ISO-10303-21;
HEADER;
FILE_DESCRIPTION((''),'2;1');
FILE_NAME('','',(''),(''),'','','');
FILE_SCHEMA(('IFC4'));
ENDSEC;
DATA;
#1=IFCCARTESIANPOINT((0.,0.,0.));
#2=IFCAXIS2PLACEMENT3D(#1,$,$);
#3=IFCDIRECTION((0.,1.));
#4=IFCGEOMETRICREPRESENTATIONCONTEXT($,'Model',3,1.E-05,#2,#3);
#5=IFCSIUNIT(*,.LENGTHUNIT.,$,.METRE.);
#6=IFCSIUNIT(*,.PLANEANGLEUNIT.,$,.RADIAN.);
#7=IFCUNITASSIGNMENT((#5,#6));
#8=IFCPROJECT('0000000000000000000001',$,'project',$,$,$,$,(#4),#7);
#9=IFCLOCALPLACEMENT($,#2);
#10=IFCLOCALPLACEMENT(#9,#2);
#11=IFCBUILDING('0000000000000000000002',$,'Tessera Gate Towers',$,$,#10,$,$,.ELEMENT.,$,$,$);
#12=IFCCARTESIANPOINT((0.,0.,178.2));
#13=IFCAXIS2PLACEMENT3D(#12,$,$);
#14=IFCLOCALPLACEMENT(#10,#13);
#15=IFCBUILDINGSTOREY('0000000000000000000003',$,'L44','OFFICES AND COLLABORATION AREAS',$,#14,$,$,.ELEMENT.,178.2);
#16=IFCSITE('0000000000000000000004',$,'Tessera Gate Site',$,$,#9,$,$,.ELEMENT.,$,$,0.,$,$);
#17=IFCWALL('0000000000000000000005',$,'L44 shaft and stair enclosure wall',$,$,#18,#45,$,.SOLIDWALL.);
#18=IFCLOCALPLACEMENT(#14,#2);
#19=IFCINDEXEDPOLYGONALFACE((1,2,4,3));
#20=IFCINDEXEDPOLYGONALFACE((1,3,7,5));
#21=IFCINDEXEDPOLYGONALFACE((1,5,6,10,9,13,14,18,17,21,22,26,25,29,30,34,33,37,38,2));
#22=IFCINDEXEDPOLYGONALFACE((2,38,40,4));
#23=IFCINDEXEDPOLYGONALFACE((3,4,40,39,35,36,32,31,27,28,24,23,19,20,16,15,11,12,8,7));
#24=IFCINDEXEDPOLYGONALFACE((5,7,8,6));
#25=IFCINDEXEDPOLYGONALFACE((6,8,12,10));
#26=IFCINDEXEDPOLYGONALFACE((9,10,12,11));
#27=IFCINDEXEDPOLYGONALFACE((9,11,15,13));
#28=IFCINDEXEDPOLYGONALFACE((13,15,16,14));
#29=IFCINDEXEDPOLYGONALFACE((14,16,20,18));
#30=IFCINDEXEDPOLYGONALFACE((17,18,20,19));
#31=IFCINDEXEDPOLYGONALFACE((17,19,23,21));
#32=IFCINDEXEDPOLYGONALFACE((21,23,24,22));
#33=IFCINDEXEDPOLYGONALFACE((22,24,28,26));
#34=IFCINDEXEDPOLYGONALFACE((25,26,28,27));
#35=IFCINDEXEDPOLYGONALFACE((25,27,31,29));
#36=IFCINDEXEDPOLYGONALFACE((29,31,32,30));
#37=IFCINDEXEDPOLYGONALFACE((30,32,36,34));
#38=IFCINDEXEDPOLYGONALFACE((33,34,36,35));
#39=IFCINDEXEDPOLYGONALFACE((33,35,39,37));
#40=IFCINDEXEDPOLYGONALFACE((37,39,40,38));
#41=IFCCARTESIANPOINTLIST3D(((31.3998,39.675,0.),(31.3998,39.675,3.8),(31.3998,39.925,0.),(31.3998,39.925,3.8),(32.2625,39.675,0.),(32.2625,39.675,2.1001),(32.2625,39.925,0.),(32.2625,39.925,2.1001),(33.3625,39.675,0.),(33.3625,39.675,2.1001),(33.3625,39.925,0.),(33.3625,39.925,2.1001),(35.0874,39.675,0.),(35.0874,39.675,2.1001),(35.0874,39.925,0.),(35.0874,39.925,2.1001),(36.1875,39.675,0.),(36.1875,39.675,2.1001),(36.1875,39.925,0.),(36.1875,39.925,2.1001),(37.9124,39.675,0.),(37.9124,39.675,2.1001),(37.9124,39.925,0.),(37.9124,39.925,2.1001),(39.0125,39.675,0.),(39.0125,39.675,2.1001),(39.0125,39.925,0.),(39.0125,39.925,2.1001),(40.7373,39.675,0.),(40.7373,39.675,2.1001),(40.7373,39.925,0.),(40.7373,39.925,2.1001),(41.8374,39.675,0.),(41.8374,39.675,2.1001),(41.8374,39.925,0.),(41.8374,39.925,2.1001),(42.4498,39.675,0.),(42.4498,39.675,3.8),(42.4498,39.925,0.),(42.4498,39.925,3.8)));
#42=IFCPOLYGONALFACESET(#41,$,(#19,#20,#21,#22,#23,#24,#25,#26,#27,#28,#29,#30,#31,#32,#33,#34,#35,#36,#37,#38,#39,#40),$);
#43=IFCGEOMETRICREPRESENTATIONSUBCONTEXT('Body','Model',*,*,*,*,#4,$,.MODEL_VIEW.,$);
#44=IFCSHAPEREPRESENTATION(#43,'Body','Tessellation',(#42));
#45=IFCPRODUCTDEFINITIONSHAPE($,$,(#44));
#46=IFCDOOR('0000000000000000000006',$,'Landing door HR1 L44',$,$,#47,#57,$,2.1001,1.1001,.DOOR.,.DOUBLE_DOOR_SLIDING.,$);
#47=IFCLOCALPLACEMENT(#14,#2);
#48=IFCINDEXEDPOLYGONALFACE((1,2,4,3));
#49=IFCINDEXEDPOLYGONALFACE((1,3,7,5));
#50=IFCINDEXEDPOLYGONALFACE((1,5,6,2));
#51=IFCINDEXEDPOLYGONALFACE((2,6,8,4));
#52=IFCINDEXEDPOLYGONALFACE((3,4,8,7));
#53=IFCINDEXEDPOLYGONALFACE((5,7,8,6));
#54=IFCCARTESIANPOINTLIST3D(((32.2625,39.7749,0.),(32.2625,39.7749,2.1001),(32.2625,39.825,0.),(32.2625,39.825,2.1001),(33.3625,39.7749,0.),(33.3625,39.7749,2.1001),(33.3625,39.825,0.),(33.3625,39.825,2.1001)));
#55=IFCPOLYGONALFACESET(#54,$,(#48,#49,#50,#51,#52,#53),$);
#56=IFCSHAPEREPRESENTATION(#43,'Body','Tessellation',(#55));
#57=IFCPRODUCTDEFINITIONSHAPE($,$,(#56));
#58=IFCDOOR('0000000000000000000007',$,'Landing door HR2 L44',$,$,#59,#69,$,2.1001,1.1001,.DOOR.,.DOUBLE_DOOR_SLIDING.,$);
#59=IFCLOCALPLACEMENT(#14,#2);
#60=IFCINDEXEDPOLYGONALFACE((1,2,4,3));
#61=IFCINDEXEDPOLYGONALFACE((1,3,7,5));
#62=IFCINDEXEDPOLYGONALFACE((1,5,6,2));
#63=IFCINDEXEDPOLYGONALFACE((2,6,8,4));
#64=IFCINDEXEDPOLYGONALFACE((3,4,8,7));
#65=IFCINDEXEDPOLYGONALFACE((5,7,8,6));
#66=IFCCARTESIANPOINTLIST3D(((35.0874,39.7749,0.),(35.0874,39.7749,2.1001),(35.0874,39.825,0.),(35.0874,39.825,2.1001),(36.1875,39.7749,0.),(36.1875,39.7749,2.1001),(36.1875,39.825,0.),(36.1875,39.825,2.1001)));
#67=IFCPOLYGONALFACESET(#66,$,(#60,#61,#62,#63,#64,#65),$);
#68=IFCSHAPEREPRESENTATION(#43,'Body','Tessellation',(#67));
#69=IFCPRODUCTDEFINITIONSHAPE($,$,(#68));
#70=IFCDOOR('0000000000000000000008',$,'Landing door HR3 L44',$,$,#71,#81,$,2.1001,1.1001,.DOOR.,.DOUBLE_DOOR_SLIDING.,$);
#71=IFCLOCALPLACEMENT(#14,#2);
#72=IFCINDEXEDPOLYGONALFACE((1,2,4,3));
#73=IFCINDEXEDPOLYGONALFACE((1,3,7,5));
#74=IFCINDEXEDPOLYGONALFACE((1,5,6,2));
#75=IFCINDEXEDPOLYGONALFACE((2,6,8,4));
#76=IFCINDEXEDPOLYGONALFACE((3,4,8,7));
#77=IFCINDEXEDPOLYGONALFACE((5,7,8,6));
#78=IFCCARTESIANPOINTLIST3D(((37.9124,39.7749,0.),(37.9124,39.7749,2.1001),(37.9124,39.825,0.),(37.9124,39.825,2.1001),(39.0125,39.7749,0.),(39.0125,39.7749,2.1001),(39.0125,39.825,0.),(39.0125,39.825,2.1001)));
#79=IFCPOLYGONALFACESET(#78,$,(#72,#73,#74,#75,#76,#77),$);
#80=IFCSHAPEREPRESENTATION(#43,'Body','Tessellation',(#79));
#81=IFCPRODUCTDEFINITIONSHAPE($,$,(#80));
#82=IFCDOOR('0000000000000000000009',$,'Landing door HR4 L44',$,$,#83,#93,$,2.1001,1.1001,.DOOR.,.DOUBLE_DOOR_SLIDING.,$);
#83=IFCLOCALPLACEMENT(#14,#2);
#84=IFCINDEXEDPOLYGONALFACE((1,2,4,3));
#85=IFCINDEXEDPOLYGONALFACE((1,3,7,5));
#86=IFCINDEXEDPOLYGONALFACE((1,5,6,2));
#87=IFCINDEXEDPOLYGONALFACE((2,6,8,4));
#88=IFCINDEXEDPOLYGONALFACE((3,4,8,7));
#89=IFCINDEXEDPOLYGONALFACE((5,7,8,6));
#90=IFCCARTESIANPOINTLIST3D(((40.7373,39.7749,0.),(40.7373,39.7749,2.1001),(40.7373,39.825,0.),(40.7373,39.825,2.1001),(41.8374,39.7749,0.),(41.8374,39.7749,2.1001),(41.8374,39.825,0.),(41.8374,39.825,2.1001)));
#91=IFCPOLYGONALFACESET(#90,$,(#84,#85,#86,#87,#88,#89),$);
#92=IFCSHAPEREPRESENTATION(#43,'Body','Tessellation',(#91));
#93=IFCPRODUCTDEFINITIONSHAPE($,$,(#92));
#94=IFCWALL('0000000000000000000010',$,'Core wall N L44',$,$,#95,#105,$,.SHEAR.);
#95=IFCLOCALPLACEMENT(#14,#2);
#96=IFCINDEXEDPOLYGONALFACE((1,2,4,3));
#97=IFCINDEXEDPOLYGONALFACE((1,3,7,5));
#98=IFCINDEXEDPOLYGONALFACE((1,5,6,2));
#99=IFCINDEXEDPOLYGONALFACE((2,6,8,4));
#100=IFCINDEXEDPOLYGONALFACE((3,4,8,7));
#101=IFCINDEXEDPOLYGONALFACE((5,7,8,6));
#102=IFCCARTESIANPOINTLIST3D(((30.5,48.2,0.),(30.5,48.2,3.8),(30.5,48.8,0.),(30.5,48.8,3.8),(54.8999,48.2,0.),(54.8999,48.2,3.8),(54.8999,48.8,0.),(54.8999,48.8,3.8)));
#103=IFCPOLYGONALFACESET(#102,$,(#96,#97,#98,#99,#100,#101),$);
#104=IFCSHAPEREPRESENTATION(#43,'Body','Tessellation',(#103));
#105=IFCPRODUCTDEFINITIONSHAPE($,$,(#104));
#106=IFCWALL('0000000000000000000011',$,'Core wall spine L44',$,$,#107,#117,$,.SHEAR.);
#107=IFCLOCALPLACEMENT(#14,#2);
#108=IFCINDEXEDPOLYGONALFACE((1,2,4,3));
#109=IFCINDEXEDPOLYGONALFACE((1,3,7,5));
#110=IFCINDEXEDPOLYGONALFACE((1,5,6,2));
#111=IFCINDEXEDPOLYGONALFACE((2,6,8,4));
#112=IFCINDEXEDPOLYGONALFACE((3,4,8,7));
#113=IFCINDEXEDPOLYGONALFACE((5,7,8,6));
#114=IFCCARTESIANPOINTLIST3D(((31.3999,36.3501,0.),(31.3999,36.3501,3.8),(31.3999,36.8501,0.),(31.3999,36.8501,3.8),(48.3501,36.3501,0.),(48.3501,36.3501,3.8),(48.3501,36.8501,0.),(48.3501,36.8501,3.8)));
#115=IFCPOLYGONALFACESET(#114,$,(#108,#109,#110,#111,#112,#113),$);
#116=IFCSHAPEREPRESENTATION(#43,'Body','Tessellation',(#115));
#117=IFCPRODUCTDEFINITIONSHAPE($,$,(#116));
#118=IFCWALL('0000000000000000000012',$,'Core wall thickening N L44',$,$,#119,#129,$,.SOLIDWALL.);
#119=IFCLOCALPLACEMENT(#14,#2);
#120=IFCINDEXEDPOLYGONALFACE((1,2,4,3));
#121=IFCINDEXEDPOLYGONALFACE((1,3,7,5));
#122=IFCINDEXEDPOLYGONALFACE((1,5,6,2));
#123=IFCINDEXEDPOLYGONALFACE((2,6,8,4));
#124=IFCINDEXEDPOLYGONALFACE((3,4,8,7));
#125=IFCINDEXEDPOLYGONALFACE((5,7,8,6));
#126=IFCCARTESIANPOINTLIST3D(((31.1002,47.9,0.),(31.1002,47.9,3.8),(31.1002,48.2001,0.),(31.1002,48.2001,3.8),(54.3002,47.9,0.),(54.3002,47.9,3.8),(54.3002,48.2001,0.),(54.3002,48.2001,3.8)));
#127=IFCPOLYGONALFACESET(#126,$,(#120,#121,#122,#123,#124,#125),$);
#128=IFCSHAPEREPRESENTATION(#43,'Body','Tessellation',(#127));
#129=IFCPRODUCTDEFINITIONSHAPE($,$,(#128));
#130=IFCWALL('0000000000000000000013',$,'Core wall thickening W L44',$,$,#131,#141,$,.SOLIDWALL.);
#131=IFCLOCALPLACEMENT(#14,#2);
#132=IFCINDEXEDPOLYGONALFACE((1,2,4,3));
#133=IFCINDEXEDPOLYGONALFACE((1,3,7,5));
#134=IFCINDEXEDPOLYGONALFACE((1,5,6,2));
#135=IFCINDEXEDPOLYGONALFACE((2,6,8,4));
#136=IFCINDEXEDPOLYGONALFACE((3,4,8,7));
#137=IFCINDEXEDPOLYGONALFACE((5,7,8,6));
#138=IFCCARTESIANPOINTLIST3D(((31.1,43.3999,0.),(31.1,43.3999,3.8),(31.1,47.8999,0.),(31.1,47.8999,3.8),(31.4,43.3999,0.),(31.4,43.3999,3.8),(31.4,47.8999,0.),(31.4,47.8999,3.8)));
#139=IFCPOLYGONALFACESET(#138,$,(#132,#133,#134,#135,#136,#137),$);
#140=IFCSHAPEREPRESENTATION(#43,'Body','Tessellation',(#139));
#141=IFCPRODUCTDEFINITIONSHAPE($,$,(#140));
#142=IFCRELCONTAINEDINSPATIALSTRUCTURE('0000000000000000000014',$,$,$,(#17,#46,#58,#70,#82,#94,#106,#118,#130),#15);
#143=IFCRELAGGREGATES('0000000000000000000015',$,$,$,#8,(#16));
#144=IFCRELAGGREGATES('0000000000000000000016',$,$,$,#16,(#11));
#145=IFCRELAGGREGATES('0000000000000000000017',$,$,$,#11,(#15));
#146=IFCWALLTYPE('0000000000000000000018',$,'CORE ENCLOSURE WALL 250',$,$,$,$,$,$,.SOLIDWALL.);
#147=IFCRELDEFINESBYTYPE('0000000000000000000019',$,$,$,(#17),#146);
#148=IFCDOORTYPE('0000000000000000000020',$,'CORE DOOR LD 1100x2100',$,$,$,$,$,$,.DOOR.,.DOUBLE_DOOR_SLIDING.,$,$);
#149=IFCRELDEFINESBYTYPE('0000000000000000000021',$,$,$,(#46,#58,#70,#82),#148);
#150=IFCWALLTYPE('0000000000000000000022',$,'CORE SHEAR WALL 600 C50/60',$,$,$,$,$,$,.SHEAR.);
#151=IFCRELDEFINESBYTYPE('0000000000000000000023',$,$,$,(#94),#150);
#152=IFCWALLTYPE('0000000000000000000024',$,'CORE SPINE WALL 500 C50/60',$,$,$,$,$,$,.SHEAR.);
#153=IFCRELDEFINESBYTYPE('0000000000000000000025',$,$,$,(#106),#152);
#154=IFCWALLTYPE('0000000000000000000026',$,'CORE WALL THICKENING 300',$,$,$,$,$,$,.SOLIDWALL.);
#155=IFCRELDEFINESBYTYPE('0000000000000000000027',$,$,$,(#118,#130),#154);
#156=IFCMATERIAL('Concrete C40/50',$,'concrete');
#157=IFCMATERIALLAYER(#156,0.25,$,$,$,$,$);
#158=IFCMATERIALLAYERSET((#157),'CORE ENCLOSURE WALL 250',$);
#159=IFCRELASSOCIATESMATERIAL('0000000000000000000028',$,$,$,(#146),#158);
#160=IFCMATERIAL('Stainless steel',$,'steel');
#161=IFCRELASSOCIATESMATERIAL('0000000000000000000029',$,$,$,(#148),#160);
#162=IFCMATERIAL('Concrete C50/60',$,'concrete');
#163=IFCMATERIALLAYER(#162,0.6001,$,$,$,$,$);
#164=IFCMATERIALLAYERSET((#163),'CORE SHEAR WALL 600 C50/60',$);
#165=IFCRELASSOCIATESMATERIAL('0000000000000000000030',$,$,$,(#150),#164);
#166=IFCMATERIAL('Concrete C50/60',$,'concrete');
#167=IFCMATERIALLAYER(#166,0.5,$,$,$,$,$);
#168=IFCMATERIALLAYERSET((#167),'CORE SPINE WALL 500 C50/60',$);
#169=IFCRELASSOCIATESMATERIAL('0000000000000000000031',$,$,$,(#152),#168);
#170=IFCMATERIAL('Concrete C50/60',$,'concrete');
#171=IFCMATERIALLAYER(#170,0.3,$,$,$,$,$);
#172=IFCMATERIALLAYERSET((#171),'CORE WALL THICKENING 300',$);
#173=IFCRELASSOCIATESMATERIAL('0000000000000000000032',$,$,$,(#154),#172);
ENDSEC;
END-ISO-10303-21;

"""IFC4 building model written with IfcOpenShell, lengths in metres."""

from ifc_helpers import new_model, si_unit, direction, frame, frame_2d, origin, place, context, subcontext, project, spatial, rectangle, extrude, source, transform, mapped, material, layer, layer_set, type_object, element, fill, save


model = new_model("IFC4")

# Units and contexts
model_context = context("Model", 3, precision=1e-05, world=origin(), true_north=direction((0.0, 1.0)))
body_context = subcontext(model_context, "Body", "Model", "MODEL_VIEW")
ifc_project = project(units=[si_unit("LENGTHUNIT", "METRE"), si_unit("PLANEANGLEUNIT", "RADIAN")], contexts=[model_context])

# Site, building, storey
site_placement = place(None, origin())
site = spatial("IfcSite", under=ifc_project, at=site_placement, Name="Tessera Gate Site", CompositionType="ELEMENT", RefElevation=0.0)
building_placement = place(site_placement, origin())
building = spatial("IfcBuilding", under=site, at=building_placement, Name="Tessera Gate Towers", CompositionType="ELEMENT")
storey_placement = place(building_placement, frame((0.0, 0.0, 178.2)))
storey = spatial("IfcBuildingStorey", under=building, at=storey_placement, Name="L44", Description="OFFICES AND COLLABORATION AREAS", CompositionType="ELEMENT", Elevation=178.2)

# Wall, openings, doors
ifc_material_1 = material(Name="Concrete C40/50", Category="concrete")
ifc_layer_1 = layer(ifc_material_1, 0.25)
ifc_layer_set_1 = layer_set([ifc_layer_1], Name="CORE ENCLOSURE WALL 250")
wall_type_1 = type_object("IfcWallType", Name="CORE ENCLOSURE WALL 250", PredefinedType="SOLIDWALL", material=ifc_layer_set_1)
wall_1_placement = place(storey_placement, frame((31.3999, 39.8, 0.0), z_axis=(0.0, 0.0, 1.0), x_axis=(1.0, 0.0, 0.0)))
wall_1 = element("IfcWall", 1, at=wall_1_placement, inside=storey, type_object=wall_type_1, Name="L44 shaft and stair enclosure wall", PredefinedType="SOLIDWALL", context=body_context, shape_type="SweptSolid", body=[
    extrude(rectangle(XDim=11.05, YDim=0.25, at=frame_2d((5.5249, 0.0))), origin(), (0.0, 0.0, 1.0), 3.8),
])
shared_shape_1 = source(origin(), body_context, "Body", "SweptSolid", [
    extrude(rectangle(XDim=1.1001, YDim=2.1001, at=frame_2d((0.55, 1.05))), frame((0.0, 0.135, 0.0), z_axis=(0.0, -1.0, 0.0), x_axis=(1.0, 0.0, 0.0)), (0.0, 0.0, 1.0), 0.27),
])
opening_1_placement = place(wall_1_placement, frame((0.8625, 0.0, 0.0)))
opening_1 = element("IfcOpeningElement", 2, at=opening_1_placement, cuts=wall_1, PredefinedType="OPENING", context=body_context, shape_type="MappedRepresentation", body=[
    mapped(shared_shape_1, transform((0.0, 0.0, 0.0), scale=1.0)),
])
opening_2_placement = place(wall_1_placement, frame((3.6875, 0.0, 0.0)))
opening_2 = element("IfcOpeningElement", 3, at=opening_2_placement, cuts=wall_1, PredefinedType="OPENING", context=body_context, shape_type="MappedRepresentation", body=[
    mapped(shared_shape_1, transform((0.0, 0.0, 0.0), scale=1.0)),
])
opening_3_placement = place(wall_1_placement, frame((6.5125, 0.0, 0.0)))
opening_3 = element("IfcOpeningElement", 4, at=opening_3_placement, cuts=wall_1, PredefinedType="OPENING", context=body_context, shape_type="MappedRepresentation", body=[
    mapped(shared_shape_1, transform((0.0, 0.0, 0.0), scale=1.0)),
])
opening_4_placement = place(wall_1_placement, frame((9.3374, 0.0, 0.0)))
opening_4 = element("IfcOpeningElement", 5, at=opening_4_placement, cuts=wall_1, PredefinedType="OPENING", context=body_context, shape_type="MappedRepresentation", body=[
    mapped(shared_shape_1, transform((0.0, 0.0, 0.0), scale=1.0)),
])
ifc_material_2 = material(Name="Stainless steel", Category="steel")
door_type_1 = type_object("IfcDoorType", Name="CORE DOOR LD 1100x2100", OperationType="DOUBLE_DOOR_SLIDING", PredefinedType="DOOR", material=ifc_material_2)
shared_shape_2 = source(origin(), body_context, "Body", "SweptSolid", [
    extrude(rectangle(XDim=1.1001, YDim=2.1001, at=frame_2d((0.55, 1.05))), frame((0.0, 0.0249, 0.0), z_axis=(0.0, -1.0, 0.0), x_axis=(1.0, 0.0, 0.0)), (0.0, 0.0, 1.0), 0.05),
])
door_1_placement = place(opening_1_placement, origin())
door_1 = element("IfcDoor", 6, at=door_1_placement, inside=storey, type_object=door_type_1, Name="Landing door HR1 L44", OperationType="DOUBLE_DOOR_SLIDING", OverallHeight=2.1001, OverallWidth=1.1001, PredefinedType="DOOR", context=body_context, shape_type="MappedRepresentation", body=[
    mapped(shared_shape_2, transform((0.0, 0.0, 0.0), scale=1.0)),
])
fill(opening_1, door_1)
door_2_placement = place(opening_2_placement, origin())
door_2 = element("IfcDoor", 7, at=door_2_placement, inside=storey, type_object=door_type_1, Name="Landing door HR2 L44", OperationType="DOUBLE_DOOR_SLIDING", OverallHeight=2.1001, OverallWidth=1.1001, PredefinedType="DOOR", context=body_context, shape_type="MappedRepresentation", body=[
    mapped(shared_shape_2, transform((0.0, 0.0, 0.0), scale=1.0)),
])
fill(opening_2, door_2)
door_3_placement = place(opening_3_placement, origin())
door_3 = element("IfcDoor", 8, at=door_3_placement, inside=storey, type_object=door_type_1, Name="Landing door HR3 L44", OperationType="DOUBLE_DOOR_SLIDING", OverallHeight=2.1001, OverallWidth=1.1001, PredefinedType="DOOR", context=body_context, shape_type="MappedRepresentation", body=[
    mapped(shared_shape_2, transform((0.0, 0.0, 0.0), scale=1.0)),
])
fill(opening_3, door_3)
door_4_placement = place(opening_4_placement, origin())
door_4 = element("IfcDoor", 9, at=door_4_placement, inside=storey, type_object=door_type_1, Name="Landing door HR4 L44", OperationType="DOUBLE_DOOR_SLIDING", OverallHeight=2.1001, OverallWidth=1.1001, PredefinedType="DOOR", context=body_context, shape_type="MappedRepresentation", body=[
    mapped(shared_shape_2, transform((0.0, 0.0, 0.0), scale=1.0)),
])
fill(opening_4, door_4)

# Walls
ifc_material_3 = material(Name="Concrete C50/60", Category="concrete")
ifc_layer_2 = layer(ifc_material_3, 0.6001)
ifc_layer_set_2 = layer_set([ifc_layer_2], Name="CORE SHEAR WALL 600 C50/60")
wall_type_2 = type_object("IfcWallType", Name="CORE SHEAR WALL 600 C50/60", PredefinedType="SHEAR", material=ifc_layer_set_2)
wall_2_placement = place(storey_placement, frame((30.5, 48.5, 0.0), z_axis=(0.0, 0.0, 1.0), x_axis=(1.0, 0.0, 0.0)))
element("IfcWall", 10, at=wall_2_placement, inside=storey, type_object=wall_type_2, Name="Core wall N L44", PredefinedType="SHEAR", context=body_context, shape_type="SweptSolid", body=[
    extrude(rectangle(XDim=24.3999, YDim=0.6001, at=frame_2d((12.2, 0.0))), origin(), (0.0, 0.0, 1.0), 3.8),
])
ifc_material_4 = material(Name="Concrete C50/60", Category="concrete")
ifc_layer_3 = layer(ifc_material_4, 0.5)
ifc_layer_set_3 = layer_set([ifc_layer_3], Name="CORE SPINE WALL 500 C50/60")
wall_type_3 = type_object("IfcWallType", Name="CORE SPINE WALL 500 C50/60", PredefinedType="SHEAR", material=ifc_layer_set_3)
wall_3_placement = place(storey_placement, frame((31.3999, 36.6001, 0.0), z_axis=(0.0, 0.0, 1.0), x_axis=(1.0, 0.0, 0.0)))
element("IfcWall", 11, at=wall_3_placement, inside=storey, type_object=wall_type_3, Name="Core wall spine L44", PredefinedType="SHEAR", context=body_context, shape_type="SweptSolid", body=[
    extrude(rectangle(XDim=16.9502, YDim=0.5, at=frame_2d((8.4751, 0.0))), origin(), (0.0, 0.0, 1.0), 3.8),
])
ifc_material_5 = material(Name="Concrete C50/60", Category="concrete")
ifc_layer_4 = layer(ifc_material_5, 0.3)
ifc_layer_set_4 = layer_set([ifc_layer_4], Name="CORE WALL THICKENING 300")
wall_type_4 = type_object("IfcWallType", Name="CORE WALL THICKENING 300", PredefinedType="SOLIDWALL", material=ifc_layer_set_4)
wall_4_placement = place(storey_placement, frame((31.1001, 48.05, 0.0), z_axis=(0.0, 0.0, 1.0), x_axis=(1.0, 0.0, 0.0)))
element("IfcWall", 12, at=wall_4_placement, inside=storey, type_object=wall_type_4, Name="Core wall thickening N L44", PredefinedType="SOLIDWALL", context=body_context, shape_type="SweptSolid", body=[
    extrude(rectangle(XDim=23.2, YDim=0.3, at=frame_2d((11.6001, 0.0))), origin(), (0.0, 0.0, 1.0), 3.8),
])
wall_5_placement = place(storey_placement, frame((31.25, 43.3999, 0.0), z_axis=(0.0, 0.0, 1.0), x_axis=(0.0, 1.0, 0.0)))
element("IfcWall", 13, at=wall_5_placement, inside=storey, type_object=wall_type_4, Name="Core wall thickening W L44", PredefinedType="SOLIDWALL", context=body_context, shape_type="SweptSolid", body=[
    extrude(rectangle(XDim=4.5, YDim=0.3, at=frame_2d((2.25, 0.0))), origin(), (0.0, 0.0, 1.0), 3.8),
])

save(model, "model.ifc")
